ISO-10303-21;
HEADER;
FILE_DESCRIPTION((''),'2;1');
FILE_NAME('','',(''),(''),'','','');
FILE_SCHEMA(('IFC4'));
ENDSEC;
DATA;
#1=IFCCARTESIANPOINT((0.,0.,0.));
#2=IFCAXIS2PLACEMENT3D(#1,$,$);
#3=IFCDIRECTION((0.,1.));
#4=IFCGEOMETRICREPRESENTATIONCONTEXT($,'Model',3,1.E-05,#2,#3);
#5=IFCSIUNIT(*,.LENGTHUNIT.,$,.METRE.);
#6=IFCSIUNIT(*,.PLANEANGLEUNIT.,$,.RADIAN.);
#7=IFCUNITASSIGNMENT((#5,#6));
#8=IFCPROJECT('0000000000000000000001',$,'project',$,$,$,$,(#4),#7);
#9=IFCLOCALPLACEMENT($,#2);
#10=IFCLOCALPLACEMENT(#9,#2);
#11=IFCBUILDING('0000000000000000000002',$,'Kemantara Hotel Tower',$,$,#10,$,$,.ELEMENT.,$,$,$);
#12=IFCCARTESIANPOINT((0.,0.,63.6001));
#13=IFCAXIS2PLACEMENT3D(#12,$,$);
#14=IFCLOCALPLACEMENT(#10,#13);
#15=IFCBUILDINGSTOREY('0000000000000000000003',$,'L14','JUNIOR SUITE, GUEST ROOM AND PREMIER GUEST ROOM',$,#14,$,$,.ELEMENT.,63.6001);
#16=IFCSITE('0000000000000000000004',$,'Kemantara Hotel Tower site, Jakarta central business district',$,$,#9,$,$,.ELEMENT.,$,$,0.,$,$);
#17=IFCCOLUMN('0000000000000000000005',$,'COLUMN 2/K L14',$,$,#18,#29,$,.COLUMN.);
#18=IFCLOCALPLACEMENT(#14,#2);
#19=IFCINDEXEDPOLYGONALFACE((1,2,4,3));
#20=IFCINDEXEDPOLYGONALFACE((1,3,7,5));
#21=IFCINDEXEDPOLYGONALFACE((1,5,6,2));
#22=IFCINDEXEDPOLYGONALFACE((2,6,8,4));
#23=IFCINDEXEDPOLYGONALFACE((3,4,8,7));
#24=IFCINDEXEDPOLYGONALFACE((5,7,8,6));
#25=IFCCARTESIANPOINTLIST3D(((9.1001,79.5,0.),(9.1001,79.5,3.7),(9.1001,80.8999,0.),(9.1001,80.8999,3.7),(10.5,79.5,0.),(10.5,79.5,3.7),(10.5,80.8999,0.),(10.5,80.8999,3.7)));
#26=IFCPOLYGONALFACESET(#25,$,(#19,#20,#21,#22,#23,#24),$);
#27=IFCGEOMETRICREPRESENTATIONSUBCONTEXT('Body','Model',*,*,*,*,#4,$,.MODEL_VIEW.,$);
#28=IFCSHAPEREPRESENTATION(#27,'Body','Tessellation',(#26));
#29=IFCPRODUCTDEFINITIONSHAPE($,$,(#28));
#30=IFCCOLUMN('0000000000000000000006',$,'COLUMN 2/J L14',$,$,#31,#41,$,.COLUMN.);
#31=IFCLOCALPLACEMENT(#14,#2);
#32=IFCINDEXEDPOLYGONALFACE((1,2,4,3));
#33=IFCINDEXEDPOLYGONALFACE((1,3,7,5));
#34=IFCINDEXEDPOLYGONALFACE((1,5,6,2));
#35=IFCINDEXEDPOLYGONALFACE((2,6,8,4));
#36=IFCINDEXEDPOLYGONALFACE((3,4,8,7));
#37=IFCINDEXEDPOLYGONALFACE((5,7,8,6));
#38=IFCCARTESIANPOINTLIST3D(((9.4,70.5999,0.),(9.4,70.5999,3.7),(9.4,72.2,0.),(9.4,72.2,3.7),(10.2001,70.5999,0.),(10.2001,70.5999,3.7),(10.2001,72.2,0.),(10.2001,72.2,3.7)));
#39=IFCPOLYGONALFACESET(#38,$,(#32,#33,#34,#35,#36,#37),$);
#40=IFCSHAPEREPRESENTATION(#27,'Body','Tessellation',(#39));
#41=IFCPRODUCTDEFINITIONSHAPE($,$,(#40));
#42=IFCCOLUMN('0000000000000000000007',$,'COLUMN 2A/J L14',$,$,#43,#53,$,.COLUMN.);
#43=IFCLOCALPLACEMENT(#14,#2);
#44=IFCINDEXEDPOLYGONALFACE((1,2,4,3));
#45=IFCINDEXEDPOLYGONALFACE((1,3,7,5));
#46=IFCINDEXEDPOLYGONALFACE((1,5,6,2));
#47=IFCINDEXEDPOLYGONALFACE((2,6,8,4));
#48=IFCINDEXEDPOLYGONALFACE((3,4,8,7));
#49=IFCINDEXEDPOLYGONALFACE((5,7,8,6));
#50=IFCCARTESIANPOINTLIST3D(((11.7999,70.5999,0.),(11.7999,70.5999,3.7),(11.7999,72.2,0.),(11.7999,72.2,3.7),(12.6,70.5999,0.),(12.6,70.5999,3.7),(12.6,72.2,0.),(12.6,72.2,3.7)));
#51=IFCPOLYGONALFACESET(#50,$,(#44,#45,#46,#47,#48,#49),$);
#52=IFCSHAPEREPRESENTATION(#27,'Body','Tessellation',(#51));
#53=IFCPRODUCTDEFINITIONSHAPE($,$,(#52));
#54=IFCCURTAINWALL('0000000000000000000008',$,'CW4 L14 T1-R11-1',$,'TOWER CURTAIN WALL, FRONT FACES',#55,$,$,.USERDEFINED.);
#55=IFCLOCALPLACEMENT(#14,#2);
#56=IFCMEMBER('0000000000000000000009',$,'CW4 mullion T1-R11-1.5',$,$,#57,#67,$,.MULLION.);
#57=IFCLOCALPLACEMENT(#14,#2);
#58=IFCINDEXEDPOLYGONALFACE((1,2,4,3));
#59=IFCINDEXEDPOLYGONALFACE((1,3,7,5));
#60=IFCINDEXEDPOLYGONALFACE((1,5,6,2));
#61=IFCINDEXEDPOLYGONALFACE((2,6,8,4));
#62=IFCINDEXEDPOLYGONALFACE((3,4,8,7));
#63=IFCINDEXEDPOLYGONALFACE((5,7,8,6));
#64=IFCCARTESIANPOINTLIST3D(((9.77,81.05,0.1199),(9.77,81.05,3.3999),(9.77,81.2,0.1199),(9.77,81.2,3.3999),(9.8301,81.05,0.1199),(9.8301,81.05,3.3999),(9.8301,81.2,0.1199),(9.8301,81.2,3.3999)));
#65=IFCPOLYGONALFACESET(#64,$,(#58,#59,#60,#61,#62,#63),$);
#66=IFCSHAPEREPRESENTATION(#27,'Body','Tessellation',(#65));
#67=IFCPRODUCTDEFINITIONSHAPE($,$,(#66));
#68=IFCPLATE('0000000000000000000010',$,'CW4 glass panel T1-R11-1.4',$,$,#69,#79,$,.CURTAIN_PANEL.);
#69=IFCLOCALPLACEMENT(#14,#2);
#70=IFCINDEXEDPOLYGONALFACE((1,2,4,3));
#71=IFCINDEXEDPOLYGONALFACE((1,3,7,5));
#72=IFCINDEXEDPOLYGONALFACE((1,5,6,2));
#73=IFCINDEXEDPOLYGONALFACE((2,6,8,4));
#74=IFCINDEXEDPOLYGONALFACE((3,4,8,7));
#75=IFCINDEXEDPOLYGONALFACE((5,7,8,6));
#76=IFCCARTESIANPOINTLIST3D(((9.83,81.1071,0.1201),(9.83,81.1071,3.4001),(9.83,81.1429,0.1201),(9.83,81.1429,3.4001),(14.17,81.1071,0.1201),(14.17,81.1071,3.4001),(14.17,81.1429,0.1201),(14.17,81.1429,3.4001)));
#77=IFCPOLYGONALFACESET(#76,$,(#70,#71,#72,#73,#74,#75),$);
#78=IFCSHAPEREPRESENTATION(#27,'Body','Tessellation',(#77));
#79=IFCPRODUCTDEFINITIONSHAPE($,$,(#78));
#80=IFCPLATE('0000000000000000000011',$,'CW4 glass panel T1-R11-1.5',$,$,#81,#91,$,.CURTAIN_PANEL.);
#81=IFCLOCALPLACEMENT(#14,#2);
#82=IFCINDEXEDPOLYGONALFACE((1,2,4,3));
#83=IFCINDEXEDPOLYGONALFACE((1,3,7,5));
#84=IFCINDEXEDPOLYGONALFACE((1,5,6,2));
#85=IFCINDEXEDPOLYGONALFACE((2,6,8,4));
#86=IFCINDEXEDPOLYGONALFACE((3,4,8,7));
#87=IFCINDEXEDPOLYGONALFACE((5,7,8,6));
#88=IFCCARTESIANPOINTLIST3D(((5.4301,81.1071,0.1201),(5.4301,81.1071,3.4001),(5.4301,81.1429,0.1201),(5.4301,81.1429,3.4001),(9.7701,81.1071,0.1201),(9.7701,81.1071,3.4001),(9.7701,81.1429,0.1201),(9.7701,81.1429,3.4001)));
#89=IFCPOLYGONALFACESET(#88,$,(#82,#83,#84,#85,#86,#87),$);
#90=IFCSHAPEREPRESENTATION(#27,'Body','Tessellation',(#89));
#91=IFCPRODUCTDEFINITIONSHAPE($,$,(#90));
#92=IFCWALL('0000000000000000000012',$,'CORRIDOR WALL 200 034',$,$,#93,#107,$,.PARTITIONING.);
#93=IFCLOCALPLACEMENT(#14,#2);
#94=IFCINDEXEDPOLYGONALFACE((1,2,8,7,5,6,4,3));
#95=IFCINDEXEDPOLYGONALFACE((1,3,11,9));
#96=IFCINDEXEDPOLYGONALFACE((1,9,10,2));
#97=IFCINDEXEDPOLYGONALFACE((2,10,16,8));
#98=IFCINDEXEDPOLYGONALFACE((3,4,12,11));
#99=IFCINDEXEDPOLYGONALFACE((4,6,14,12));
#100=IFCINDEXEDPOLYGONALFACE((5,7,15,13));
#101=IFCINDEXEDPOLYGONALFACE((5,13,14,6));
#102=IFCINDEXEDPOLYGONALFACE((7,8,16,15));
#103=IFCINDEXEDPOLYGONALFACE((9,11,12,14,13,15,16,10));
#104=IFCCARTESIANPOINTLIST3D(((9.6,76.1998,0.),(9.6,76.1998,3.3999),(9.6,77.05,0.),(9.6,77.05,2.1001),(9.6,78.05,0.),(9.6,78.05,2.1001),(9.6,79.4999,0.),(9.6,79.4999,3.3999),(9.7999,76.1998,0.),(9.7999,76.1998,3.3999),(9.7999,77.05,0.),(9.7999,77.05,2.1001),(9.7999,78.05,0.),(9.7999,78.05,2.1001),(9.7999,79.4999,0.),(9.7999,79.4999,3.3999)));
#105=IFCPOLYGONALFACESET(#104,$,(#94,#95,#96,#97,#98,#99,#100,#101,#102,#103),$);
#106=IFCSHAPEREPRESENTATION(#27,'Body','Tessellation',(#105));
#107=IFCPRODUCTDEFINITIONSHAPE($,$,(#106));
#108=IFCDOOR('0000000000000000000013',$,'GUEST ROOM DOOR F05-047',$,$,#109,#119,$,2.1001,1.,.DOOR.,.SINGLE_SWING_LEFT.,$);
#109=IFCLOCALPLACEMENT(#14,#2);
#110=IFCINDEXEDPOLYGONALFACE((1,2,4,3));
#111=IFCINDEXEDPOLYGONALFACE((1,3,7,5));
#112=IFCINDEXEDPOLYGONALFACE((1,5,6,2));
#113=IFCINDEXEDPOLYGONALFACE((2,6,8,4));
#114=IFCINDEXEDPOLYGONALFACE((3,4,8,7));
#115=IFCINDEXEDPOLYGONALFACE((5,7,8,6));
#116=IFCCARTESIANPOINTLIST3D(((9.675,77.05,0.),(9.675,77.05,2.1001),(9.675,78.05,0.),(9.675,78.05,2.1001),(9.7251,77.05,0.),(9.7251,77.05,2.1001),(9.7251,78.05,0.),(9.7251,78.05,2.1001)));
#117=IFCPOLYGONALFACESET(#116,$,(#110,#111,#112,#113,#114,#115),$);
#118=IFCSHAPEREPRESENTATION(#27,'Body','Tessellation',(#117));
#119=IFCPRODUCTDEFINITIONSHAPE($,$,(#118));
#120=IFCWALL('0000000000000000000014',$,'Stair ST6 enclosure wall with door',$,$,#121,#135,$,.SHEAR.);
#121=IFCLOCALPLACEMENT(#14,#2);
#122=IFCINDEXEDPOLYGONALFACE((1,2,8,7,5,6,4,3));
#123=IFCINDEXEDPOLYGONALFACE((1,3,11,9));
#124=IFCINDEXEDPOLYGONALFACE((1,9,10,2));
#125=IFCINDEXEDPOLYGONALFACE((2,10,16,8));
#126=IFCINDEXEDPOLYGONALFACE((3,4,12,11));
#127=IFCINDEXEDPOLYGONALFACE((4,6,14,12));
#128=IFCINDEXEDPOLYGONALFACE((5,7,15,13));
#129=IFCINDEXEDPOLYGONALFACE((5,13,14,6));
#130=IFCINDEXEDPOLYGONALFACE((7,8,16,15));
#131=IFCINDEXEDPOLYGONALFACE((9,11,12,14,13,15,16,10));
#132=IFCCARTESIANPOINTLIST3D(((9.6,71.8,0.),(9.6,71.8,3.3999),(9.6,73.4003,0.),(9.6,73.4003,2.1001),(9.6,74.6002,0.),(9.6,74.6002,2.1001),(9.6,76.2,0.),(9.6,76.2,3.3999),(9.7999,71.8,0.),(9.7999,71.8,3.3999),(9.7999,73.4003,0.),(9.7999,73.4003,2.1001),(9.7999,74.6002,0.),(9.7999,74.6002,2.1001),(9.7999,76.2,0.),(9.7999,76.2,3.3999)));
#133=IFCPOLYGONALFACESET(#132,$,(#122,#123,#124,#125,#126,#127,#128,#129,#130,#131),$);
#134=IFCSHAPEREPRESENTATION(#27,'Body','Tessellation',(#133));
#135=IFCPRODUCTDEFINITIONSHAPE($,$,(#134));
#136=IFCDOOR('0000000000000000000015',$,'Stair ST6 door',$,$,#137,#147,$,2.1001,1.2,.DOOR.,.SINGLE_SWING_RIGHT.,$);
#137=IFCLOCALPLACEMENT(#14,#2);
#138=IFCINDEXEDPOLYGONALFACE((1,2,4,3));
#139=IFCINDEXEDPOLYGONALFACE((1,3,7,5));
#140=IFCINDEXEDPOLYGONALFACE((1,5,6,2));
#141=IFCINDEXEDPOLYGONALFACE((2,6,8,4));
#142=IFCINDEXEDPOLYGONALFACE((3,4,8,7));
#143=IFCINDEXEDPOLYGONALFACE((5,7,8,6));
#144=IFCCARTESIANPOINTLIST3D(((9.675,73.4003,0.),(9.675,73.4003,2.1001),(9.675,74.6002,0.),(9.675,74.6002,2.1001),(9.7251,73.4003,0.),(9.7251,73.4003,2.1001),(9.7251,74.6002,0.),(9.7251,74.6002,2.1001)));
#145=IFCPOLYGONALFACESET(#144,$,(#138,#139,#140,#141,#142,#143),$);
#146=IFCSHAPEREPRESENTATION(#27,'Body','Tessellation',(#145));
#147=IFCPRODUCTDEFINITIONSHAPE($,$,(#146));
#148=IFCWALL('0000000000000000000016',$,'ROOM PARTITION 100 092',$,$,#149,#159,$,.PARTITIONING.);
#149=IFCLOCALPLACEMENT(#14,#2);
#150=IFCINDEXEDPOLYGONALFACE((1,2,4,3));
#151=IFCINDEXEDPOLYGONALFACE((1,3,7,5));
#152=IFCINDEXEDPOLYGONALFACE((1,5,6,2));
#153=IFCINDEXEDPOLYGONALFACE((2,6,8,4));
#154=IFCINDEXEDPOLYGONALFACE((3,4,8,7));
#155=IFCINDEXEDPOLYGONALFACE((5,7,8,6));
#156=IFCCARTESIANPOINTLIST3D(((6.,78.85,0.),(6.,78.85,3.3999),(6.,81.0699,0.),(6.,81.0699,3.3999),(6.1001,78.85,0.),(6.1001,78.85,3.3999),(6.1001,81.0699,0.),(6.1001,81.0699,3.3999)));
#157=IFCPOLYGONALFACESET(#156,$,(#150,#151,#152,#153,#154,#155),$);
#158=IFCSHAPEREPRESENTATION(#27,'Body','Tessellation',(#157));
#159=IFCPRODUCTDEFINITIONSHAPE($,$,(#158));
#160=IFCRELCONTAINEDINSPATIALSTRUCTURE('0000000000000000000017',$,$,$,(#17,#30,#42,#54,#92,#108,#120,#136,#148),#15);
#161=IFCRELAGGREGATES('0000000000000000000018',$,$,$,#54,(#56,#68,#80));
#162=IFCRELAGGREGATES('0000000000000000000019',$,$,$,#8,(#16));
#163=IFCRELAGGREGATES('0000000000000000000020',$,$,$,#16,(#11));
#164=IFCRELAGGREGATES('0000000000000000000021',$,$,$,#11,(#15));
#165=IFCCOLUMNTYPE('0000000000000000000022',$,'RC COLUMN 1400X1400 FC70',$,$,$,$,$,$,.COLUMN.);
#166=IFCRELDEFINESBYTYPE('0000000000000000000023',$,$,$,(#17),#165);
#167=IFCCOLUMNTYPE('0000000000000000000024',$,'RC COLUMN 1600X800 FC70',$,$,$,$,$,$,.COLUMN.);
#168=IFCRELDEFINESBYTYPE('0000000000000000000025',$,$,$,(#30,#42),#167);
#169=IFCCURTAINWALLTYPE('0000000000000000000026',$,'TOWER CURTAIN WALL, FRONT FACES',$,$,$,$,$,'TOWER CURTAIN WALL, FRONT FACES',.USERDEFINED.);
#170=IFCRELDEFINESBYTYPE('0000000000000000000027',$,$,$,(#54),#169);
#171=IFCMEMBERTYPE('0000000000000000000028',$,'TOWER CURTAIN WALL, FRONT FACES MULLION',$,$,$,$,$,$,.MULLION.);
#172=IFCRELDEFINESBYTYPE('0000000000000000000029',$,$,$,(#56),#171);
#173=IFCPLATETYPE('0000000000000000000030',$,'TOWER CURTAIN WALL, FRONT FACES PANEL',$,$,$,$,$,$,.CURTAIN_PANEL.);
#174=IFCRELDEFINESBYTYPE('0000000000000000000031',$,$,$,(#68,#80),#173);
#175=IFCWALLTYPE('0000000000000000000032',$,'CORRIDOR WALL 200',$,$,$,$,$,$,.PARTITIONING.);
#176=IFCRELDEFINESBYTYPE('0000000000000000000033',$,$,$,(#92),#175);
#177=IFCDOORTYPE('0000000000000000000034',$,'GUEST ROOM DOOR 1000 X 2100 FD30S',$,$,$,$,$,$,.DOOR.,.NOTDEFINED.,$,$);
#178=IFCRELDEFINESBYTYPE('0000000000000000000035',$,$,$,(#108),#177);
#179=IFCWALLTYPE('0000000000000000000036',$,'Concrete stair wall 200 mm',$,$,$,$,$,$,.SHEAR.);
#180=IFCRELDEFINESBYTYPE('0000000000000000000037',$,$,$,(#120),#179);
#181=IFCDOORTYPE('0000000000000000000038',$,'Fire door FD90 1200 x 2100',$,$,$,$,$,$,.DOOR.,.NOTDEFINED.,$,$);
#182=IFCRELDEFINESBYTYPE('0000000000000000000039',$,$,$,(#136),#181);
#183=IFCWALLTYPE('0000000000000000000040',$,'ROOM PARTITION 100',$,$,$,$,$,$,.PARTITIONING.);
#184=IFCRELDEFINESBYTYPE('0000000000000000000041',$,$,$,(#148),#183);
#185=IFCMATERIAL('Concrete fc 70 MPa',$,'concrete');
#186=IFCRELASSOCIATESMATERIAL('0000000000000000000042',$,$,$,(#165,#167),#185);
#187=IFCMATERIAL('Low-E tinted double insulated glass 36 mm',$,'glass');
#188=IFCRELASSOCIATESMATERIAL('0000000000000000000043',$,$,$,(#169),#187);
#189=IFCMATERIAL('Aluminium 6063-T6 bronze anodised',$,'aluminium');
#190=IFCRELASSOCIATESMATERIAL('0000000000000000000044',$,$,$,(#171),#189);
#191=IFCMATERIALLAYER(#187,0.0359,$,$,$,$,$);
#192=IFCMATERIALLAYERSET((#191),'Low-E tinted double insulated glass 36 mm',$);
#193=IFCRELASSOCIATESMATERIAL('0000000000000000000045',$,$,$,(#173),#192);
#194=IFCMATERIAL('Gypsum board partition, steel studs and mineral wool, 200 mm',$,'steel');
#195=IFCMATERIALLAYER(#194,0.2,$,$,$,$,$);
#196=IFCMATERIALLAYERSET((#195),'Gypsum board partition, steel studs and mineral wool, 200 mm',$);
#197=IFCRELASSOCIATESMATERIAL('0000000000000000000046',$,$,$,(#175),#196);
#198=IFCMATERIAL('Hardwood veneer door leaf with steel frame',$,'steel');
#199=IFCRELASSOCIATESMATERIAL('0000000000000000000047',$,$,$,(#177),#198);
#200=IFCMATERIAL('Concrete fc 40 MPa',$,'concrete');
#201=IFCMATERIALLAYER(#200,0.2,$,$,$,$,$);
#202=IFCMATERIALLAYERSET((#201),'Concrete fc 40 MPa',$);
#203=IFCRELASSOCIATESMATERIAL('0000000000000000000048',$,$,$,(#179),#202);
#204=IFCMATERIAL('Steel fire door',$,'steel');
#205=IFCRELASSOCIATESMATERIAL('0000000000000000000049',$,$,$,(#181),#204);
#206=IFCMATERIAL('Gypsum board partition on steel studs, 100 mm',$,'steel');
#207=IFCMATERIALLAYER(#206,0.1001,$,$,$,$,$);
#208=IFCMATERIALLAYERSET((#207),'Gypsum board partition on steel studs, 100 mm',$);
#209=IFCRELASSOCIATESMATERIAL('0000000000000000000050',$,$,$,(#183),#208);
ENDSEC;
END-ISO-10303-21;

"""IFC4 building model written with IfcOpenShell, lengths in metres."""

from ifc_helpers import new_model, si_unit, direction, frame, frame_2d, origin, origin_2d, place, context, subcontext, project, spatial, rectangle, extrude, source, transform, mapped, material, layer, layer_set, material_profile, profile_set, type_object, element, fill, aggregate, save


model = new_model("IFC4")

# Units and contexts
model_context = context("Model", 3, precision=1e-05, world=origin(), true_north=direction((0.0, 1.0)))
body_context = subcontext(model_context, "Body", "Model", "MODEL_VIEW")
ifc_project = project(units=[si_unit("LENGTHUNIT", "METRE"), si_unit("PLANEANGLEUNIT", "RADIAN")], contexts=[model_context])

# Site, building, storey
site_placement = place(None, origin())
site = spatial("IfcSite", under=ifc_project, at=site_placement, Name="Kemantara Hotel Tower site, Jakarta central business district", CompositionType="ELEMENT", RefElevation=0.0)
building_placement = place(site_placement, origin())
building = spatial("IfcBuilding", under=site, at=building_placement, Name="Kemantara Hotel Tower", CompositionType="ELEMENT")
storey_placement = place(building_placement, frame((0.0, 0.0, 63.6001)))
storey = spatial("IfcBuildingStorey", under=building, at=storey_placement, Name="L14", Description="JUNIOR SUITE, GUEST ROOM AND PREMIER GUEST ROOM", CompositionType="ELEMENT", Elevation=63.6001)

# Columns
ifc_material_1 = material(Name="Concrete fc 70 MPa", Category="concrete")
ifc_material_profile_1 = material_profile(ifc_material_1, rectangle(XDim=1.3999, YDim=1.3999, at=origin_2d()), Name="RC 1400X1400")
ifc_profile_set_1 = profile_set([ifc_material_profile_1], Name="Concrete fc 70 MPa")
column_type_1 = type_object("IfcColumnType", Name="RC COLUMN 1400X1400 FC70", PredefinedType="COLUMN", material=ifc_profile_set_1)
column_placement = place(storey_placement, frame((9.8, 80.2, 0.0), z_axis=(0.0, 0.0, 1.0), x_axis=(1.0, 0.0, 0.0)))
element("IfcColumn", 1, at=column_placement, inside=storey, type_object=column_type_1, Name="COLUMN 2/K L14", PredefinedType="COLUMN", context=body_context, shape_type="SweptSolid", body=[
    extrude(rectangle(XDim=1.3999, YDim=1.3999, at=origin_2d()), origin(), (0.0, 0.0, 1.0), 3.7),
])
ifc_material_profile_2 = material_profile(ifc_material_1, rectangle(XDim=1.6001, YDim=0.8, at=origin_2d()), Name="RC 1600X800")
ifc_profile_set_2 = profile_set([ifc_material_profile_2], Name="Concrete fc 70 MPa")
column_type_2 = type_object("IfcColumnType", Name="RC COLUMN 1600X800 FC70", PredefinedType="COLUMN", material=ifc_profile_set_2)
for number, where, z_axis, x_axis, name in (
    (2, (9.8, 71.3999, 0.0), (0.0, 0.0, 1.0), (0.0, 1.0, 0.0), "COLUMN 2/J L14"),
    (3, (12.2, 71.3999, 0.0), (0.0, 0.0, 1.0), (0.0, 1.0, 0.0), "COLUMN 2A/J L14"),
):
    element("IfcColumn", number, at=place(storey_placement, frame(where, z_axis=z_axis, x_axis=x_axis)), inside=storey, type_object=column_type_2, Name=name, PredefinedType="COLUMN", context=body_context, shape_type="SweptSolid", body=[
        extrude(rectangle(XDim=1.6001, YDim=0.8, at=origin_2d()), origin(), (0.0, 0.0, 1.0), 3.7),
    ])

# Curtain wall, member, plates
ifc_material_2 = material(Name="Low-E tinted double insulated glass 36 mm", Category="glass")
curtain_wall_type = type_object("IfcCurtainWallType", Name="TOWER CURTAIN WALL, FRONT FACES", ElementType="TOWER CURTAIN WALL, FRONT FACES", PredefinedType="USERDEFINED", material=ifc_material_2)
curtain_wall_placement = place(storey_placement, origin())
curtain_wall = element("IfcCurtainWall", 4, at=curtain_wall_placement, inside=storey, type_object=curtain_wall_type, Name="CW4 L14 T1-R11-1", ObjectType="TOWER CURTAIN WALL, FRONT FACES", PredefinedType="USERDEFINED")
ifc_material_3 = material(Name="Aluminium 6063-T6 bronze anodised", Category="aluminium")
ifc_material_profile_3 = material_profile(ifc_material_3, rectangle(XDim=0.1499, YDim=0.0601, at=origin_2d()), Name="TOWER CURTAIN WALL, FRONT FACES MULLION")
ifc_profile_set_3 = profile_set([ifc_material_profile_3], Name="Aluminium 6063-T6 bronze anodised")
member_type = type_object("IfcMemberType", Name="TOWER CURTAIN WALL, FRONT FACES MULLION", PredefinedType="MULLION", material=ifc_profile_set_3)
shared_shape_1 = source(origin(), body_context, "Body", "SweptSolid", [
    extrude(rectangle(XDim=0.1499, YDim=0.0601, at=origin_2d()), origin(), (0.0, 0.0, 1.0), 3.28),
])
member_placement = place(storey_placement, frame((9.8, 81.125, 0.1199), z_axis=(0.0, 0.0, 1.0), x_axis=(0.0, -1.0, 0.0)))
member = element("IfcMember", 5, at=member_placement, type_object=member_type, Name="CW4 mullion T1-R11-1.5", PredefinedType="MULLION", context=body_context, shape_type="MappedRepresentation", body=[
    mapped(shared_shape_1, transform((0.0, 0.0, 0.0))),
])
ifc_layer_1 = layer(ifc_material_2, 0.0359)
ifc_layer_set_1 = layer_set([ifc_layer_1], Name="Low-E tinted double insulated glass 36 mm")
plate_type = type_object("IfcPlateType", Name="TOWER CURTAIN WALL, FRONT FACES PANEL", PredefinedType="CURTAIN_PANEL", material=ifc_layer_set_1)
shared_shape_2 = source(origin(), body_context, "Body", "SweptSolid", [
    extrude(rectangle(XDim=4.3401, YDim=0.0359, at=origin_2d()), origin(), (0.0, 0.0, 1.0), 3.28),
])
plate_1_placement = place(storey_placement, frame((12.0, 81.125, 0.1201), z_axis=(0.0, 0.0, 1.0), x_axis=(-1.0, 0.0, 0.0)))
plate_1 = element("IfcPlate", 6, at=plate_1_placement, type_object=plate_type, Name="CW4 glass panel T1-R11-1.4", PredefinedType="CURTAIN_PANEL", context=body_context, shape_type="MappedRepresentation", body=[
    mapped(shared_shape_2, transform((0.0, 0.0, 0.0))),
])
plate_2_placement = place(storey_placement, frame((7.6001, 81.125, 0.1201), z_axis=(0.0, 0.0, 1.0), x_axis=(-1.0, 0.0, 0.0)))
plate_2 = element("IfcPlate", 7, at=plate_2_placement, type_object=plate_type, Name="CW4 glass panel T1-R11-1.5", PredefinedType="CURTAIN_PANEL", context=body_context, shape_type="MappedRepresentation", body=[
    mapped(shared_shape_2, transform((0.0, 0.0, 0.0))),
])
aggregate(curtain_wall, [member, plate_1, plate_2])

# Walls, openings, doors
ifc_material_4 = material(Name="Gypsum board partition, steel studs and mineral wool, 200 mm", Category="steel")
ifc_layer_2 = layer(ifc_material_4, 0.2)
ifc_layer_set_2 = layer_set([ifc_layer_2], Name="Gypsum board partition, steel studs and mineral wool, 200 mm")
wall_type_1 = type_object("IfcWallType", Name="CORRIDOR WALL 200", PredefinedType="PARTITIONING", material=ifc_layer_set_2)
wall_1_placement = place(storey_placement, frame((9.7, 76.2, 0.0), z_axis=(0.0, 0.0, 1.0), x_axis=(0.0, 1.0, 0.0)))
wall_1 = element("IfcWall", 8, at=wall_1_placement, inside=storey, type_object=wall_type_1, Name="CORRIDOR WALL 200 034", PredefinedType="PARTITIONING", context=body_context, shape_type="SweptSolid", body=[
    extrude(rectangle(XDim=3.3, YDim=0.2, at=frame_2d((1.6499, 0.0))), origin(), (0.0, 0.0, 1.0), 3.3999),
])
opening_1_placement = place(wall_1_placement, frame((0.8501, 0.0, 0.0)))
opening_1 = element("IfcOpeningElement", 9, at=opening_1_placement, cuts=wall_1, PredefinedType="OPENING", context=body_context, shape_type="SweptSolid", body=[
    extrude(rectangle(XDim=1.0, YDim=2.1001, at=frame_2d((0.5, 1.05))), frame((0.0, 0.1099, 0.0), z_axis=(0.0, -1.0, 0.0), x_axis=(1.0, 0.0, 0.0)), (0.0, 0.0, 1.0), 0.22),
])
ifc_material_5 = material(Name="Hardwood veneer door leaf with steel frame", Category="steel")
door_type_1 = type_object("IfcDoorType", Name="GUEST ROOM DOOR 1000 X 2100 FD30S", OperationType="NOTDEFINED", PredefinedType="DOOR", material=ifc_material_5)
door_1_placement = place(opening_1_placement, origin())
door_1 = element("IfcDoor", 10, at=door_1_placement, inside=storey, type_object=door_type_1, Name="GUEST ROOM DOOR F05-047", OperationType="SINGLE_SWING_LEFT", OverallHeight=2.1001, OverallWidth=1.0, PredefinedType="DOOR", context=body_context, shape_type="SweptSolid", body=[
    extrude(rectangle(XDim=1.0, YDim=2.1001, at=frame_2d((0.5, 1.05))), frame((0.0, 0.0249, 0.0), z_axis=(0.0, -1.0, 0.0), x_axis=(1.0, 0.0, 0.0)), (0.0, 0.0, 1.0), 0.05),
])
fill(opening_1, door_1)
ifc_material_6 = material(Name="Concrete fc 40 MPa", Category="concrete")
ifc_layer_3 = layer(ifc_material_6, 0.2)
ifc_layer_set_3 = layer_set([ifc_layer_3], Name="Concrete fc 40 MPa")
wall_type_2 = type_object("IfcWallType", Name="Concrete stair wall 200 mm", PredefinedType="SHEAR", material=ifc_layer_set_3)
wall_2_placement = place(storey_placement, frame((9.7, 71.8, 0.0), z_axis=(0.0, 0.0, 1.0), x_axis=(0.0, 1.0, 0.0)))
wall_2 = element("IfcWall", 11, at=wall_2_placement, inside=storey, type_object=wall_type_2, Name="Stair ST6 enclosure wall with door", PredefinedType="SHEAR", context=body_context, shape_type="SweptSolid", body=[
    extrude(rectangle(XDim=4.3999, YDim=0.2, at=frame_2d((2.2, 0.0))), origin(), (0.0, 0.0, 1.0), 3.3999),
])
opening_2_placement = place(wall_2_placement, frame((1.6001, 0.0, 0.0)))
opening_2 = element("IfcOpeningElement", 12, at=opening_2_placement, cuts=wall_2, PredefinedType="OPENING", context=body_context, shape_type="SweptSolid", body=[
    extrude(rectangle(XDim=1.2, YDim=2.1001, at=frame_2d((0.6001, 1.05))), frame((0.0, 0.1099, 0.0), z_axis=(0.0, -1.0, 0.0), x_axis=(1.0, 0.0, 0.0)), (0.0, 0.0, 1.0), 0.22),
])
ifc_material_7 = material(Name="Steel fire door", Category="steel")
door_type_2 = type_object("IfcDoorType", Name="Fire door FD90 1200 x 2100", OperationType="NOTDEFINED", PredefinedType="DOOR", material=ifc_material_7)
door_2_placement = place(opening_2_placement, origin())
door_2 = element("IfcDoor", 13, at=door_2_placement, inside=storey, type_object=door_type_2, Name="Stair ST6 door", OperationType="SINGLE_SWING_RIGHT", OverallHeight=2.1001, OverallWidth=1.2, PredefinedType="DOOR", context=body_context, shape_type="SweptSolid", body=[
    extrude(rectangle(XDim=1.2, YDim=2.1001, at=frame_2d((0.6001, 1.05))), frame((0.0, 0.0249, 0.0), z_axis=(0.0, -1.0, 0.0), x_axis=(1.0, 0.0, 0.0)), (0.0, 0.0, 1.0), 0.05),
])
fill(opening_2, door_2)

# Wall
ifc_material_8 = material(Name="Gypsum board partition on steel studs, 100 mm", Category="steel")
ifc_layer_4 = layer(ifc_material_8, 0.1001)
ifc_layer_set_4 = layer_set([ifc_layer_4], Name="Gypsum board partition on steel studs, 100 mm")
wall_type_3 = type_object("IfcWallType", Name="ROOM PARTITION 100", PredefinedType="PARTITIONING", material=ifc_layer_set_4)
wall_3_placement = place(storey_placement, frame((6.05, 78.8501, 0.0), z_axis=(0.0, 0.0, 1.0), x_axis=(0.0, 1.0, 0.0)))
element("IfcWall", 14, at=wall_3_placement, inside=storey, type_object=wall_type_3, Name="ROOM PARTITION 100 092", PredefinedType="PARTITIONING", context=body_context, shape_type="SweptSolid", body=[
    extrude(rectangle(XDim=2.22, YDim=0.1001, at=frame_2d((1.1099, 0.0))), origin(), (0.0, 0.0, 1.0), 3.3999),
])

save(model, "model.ifc")
